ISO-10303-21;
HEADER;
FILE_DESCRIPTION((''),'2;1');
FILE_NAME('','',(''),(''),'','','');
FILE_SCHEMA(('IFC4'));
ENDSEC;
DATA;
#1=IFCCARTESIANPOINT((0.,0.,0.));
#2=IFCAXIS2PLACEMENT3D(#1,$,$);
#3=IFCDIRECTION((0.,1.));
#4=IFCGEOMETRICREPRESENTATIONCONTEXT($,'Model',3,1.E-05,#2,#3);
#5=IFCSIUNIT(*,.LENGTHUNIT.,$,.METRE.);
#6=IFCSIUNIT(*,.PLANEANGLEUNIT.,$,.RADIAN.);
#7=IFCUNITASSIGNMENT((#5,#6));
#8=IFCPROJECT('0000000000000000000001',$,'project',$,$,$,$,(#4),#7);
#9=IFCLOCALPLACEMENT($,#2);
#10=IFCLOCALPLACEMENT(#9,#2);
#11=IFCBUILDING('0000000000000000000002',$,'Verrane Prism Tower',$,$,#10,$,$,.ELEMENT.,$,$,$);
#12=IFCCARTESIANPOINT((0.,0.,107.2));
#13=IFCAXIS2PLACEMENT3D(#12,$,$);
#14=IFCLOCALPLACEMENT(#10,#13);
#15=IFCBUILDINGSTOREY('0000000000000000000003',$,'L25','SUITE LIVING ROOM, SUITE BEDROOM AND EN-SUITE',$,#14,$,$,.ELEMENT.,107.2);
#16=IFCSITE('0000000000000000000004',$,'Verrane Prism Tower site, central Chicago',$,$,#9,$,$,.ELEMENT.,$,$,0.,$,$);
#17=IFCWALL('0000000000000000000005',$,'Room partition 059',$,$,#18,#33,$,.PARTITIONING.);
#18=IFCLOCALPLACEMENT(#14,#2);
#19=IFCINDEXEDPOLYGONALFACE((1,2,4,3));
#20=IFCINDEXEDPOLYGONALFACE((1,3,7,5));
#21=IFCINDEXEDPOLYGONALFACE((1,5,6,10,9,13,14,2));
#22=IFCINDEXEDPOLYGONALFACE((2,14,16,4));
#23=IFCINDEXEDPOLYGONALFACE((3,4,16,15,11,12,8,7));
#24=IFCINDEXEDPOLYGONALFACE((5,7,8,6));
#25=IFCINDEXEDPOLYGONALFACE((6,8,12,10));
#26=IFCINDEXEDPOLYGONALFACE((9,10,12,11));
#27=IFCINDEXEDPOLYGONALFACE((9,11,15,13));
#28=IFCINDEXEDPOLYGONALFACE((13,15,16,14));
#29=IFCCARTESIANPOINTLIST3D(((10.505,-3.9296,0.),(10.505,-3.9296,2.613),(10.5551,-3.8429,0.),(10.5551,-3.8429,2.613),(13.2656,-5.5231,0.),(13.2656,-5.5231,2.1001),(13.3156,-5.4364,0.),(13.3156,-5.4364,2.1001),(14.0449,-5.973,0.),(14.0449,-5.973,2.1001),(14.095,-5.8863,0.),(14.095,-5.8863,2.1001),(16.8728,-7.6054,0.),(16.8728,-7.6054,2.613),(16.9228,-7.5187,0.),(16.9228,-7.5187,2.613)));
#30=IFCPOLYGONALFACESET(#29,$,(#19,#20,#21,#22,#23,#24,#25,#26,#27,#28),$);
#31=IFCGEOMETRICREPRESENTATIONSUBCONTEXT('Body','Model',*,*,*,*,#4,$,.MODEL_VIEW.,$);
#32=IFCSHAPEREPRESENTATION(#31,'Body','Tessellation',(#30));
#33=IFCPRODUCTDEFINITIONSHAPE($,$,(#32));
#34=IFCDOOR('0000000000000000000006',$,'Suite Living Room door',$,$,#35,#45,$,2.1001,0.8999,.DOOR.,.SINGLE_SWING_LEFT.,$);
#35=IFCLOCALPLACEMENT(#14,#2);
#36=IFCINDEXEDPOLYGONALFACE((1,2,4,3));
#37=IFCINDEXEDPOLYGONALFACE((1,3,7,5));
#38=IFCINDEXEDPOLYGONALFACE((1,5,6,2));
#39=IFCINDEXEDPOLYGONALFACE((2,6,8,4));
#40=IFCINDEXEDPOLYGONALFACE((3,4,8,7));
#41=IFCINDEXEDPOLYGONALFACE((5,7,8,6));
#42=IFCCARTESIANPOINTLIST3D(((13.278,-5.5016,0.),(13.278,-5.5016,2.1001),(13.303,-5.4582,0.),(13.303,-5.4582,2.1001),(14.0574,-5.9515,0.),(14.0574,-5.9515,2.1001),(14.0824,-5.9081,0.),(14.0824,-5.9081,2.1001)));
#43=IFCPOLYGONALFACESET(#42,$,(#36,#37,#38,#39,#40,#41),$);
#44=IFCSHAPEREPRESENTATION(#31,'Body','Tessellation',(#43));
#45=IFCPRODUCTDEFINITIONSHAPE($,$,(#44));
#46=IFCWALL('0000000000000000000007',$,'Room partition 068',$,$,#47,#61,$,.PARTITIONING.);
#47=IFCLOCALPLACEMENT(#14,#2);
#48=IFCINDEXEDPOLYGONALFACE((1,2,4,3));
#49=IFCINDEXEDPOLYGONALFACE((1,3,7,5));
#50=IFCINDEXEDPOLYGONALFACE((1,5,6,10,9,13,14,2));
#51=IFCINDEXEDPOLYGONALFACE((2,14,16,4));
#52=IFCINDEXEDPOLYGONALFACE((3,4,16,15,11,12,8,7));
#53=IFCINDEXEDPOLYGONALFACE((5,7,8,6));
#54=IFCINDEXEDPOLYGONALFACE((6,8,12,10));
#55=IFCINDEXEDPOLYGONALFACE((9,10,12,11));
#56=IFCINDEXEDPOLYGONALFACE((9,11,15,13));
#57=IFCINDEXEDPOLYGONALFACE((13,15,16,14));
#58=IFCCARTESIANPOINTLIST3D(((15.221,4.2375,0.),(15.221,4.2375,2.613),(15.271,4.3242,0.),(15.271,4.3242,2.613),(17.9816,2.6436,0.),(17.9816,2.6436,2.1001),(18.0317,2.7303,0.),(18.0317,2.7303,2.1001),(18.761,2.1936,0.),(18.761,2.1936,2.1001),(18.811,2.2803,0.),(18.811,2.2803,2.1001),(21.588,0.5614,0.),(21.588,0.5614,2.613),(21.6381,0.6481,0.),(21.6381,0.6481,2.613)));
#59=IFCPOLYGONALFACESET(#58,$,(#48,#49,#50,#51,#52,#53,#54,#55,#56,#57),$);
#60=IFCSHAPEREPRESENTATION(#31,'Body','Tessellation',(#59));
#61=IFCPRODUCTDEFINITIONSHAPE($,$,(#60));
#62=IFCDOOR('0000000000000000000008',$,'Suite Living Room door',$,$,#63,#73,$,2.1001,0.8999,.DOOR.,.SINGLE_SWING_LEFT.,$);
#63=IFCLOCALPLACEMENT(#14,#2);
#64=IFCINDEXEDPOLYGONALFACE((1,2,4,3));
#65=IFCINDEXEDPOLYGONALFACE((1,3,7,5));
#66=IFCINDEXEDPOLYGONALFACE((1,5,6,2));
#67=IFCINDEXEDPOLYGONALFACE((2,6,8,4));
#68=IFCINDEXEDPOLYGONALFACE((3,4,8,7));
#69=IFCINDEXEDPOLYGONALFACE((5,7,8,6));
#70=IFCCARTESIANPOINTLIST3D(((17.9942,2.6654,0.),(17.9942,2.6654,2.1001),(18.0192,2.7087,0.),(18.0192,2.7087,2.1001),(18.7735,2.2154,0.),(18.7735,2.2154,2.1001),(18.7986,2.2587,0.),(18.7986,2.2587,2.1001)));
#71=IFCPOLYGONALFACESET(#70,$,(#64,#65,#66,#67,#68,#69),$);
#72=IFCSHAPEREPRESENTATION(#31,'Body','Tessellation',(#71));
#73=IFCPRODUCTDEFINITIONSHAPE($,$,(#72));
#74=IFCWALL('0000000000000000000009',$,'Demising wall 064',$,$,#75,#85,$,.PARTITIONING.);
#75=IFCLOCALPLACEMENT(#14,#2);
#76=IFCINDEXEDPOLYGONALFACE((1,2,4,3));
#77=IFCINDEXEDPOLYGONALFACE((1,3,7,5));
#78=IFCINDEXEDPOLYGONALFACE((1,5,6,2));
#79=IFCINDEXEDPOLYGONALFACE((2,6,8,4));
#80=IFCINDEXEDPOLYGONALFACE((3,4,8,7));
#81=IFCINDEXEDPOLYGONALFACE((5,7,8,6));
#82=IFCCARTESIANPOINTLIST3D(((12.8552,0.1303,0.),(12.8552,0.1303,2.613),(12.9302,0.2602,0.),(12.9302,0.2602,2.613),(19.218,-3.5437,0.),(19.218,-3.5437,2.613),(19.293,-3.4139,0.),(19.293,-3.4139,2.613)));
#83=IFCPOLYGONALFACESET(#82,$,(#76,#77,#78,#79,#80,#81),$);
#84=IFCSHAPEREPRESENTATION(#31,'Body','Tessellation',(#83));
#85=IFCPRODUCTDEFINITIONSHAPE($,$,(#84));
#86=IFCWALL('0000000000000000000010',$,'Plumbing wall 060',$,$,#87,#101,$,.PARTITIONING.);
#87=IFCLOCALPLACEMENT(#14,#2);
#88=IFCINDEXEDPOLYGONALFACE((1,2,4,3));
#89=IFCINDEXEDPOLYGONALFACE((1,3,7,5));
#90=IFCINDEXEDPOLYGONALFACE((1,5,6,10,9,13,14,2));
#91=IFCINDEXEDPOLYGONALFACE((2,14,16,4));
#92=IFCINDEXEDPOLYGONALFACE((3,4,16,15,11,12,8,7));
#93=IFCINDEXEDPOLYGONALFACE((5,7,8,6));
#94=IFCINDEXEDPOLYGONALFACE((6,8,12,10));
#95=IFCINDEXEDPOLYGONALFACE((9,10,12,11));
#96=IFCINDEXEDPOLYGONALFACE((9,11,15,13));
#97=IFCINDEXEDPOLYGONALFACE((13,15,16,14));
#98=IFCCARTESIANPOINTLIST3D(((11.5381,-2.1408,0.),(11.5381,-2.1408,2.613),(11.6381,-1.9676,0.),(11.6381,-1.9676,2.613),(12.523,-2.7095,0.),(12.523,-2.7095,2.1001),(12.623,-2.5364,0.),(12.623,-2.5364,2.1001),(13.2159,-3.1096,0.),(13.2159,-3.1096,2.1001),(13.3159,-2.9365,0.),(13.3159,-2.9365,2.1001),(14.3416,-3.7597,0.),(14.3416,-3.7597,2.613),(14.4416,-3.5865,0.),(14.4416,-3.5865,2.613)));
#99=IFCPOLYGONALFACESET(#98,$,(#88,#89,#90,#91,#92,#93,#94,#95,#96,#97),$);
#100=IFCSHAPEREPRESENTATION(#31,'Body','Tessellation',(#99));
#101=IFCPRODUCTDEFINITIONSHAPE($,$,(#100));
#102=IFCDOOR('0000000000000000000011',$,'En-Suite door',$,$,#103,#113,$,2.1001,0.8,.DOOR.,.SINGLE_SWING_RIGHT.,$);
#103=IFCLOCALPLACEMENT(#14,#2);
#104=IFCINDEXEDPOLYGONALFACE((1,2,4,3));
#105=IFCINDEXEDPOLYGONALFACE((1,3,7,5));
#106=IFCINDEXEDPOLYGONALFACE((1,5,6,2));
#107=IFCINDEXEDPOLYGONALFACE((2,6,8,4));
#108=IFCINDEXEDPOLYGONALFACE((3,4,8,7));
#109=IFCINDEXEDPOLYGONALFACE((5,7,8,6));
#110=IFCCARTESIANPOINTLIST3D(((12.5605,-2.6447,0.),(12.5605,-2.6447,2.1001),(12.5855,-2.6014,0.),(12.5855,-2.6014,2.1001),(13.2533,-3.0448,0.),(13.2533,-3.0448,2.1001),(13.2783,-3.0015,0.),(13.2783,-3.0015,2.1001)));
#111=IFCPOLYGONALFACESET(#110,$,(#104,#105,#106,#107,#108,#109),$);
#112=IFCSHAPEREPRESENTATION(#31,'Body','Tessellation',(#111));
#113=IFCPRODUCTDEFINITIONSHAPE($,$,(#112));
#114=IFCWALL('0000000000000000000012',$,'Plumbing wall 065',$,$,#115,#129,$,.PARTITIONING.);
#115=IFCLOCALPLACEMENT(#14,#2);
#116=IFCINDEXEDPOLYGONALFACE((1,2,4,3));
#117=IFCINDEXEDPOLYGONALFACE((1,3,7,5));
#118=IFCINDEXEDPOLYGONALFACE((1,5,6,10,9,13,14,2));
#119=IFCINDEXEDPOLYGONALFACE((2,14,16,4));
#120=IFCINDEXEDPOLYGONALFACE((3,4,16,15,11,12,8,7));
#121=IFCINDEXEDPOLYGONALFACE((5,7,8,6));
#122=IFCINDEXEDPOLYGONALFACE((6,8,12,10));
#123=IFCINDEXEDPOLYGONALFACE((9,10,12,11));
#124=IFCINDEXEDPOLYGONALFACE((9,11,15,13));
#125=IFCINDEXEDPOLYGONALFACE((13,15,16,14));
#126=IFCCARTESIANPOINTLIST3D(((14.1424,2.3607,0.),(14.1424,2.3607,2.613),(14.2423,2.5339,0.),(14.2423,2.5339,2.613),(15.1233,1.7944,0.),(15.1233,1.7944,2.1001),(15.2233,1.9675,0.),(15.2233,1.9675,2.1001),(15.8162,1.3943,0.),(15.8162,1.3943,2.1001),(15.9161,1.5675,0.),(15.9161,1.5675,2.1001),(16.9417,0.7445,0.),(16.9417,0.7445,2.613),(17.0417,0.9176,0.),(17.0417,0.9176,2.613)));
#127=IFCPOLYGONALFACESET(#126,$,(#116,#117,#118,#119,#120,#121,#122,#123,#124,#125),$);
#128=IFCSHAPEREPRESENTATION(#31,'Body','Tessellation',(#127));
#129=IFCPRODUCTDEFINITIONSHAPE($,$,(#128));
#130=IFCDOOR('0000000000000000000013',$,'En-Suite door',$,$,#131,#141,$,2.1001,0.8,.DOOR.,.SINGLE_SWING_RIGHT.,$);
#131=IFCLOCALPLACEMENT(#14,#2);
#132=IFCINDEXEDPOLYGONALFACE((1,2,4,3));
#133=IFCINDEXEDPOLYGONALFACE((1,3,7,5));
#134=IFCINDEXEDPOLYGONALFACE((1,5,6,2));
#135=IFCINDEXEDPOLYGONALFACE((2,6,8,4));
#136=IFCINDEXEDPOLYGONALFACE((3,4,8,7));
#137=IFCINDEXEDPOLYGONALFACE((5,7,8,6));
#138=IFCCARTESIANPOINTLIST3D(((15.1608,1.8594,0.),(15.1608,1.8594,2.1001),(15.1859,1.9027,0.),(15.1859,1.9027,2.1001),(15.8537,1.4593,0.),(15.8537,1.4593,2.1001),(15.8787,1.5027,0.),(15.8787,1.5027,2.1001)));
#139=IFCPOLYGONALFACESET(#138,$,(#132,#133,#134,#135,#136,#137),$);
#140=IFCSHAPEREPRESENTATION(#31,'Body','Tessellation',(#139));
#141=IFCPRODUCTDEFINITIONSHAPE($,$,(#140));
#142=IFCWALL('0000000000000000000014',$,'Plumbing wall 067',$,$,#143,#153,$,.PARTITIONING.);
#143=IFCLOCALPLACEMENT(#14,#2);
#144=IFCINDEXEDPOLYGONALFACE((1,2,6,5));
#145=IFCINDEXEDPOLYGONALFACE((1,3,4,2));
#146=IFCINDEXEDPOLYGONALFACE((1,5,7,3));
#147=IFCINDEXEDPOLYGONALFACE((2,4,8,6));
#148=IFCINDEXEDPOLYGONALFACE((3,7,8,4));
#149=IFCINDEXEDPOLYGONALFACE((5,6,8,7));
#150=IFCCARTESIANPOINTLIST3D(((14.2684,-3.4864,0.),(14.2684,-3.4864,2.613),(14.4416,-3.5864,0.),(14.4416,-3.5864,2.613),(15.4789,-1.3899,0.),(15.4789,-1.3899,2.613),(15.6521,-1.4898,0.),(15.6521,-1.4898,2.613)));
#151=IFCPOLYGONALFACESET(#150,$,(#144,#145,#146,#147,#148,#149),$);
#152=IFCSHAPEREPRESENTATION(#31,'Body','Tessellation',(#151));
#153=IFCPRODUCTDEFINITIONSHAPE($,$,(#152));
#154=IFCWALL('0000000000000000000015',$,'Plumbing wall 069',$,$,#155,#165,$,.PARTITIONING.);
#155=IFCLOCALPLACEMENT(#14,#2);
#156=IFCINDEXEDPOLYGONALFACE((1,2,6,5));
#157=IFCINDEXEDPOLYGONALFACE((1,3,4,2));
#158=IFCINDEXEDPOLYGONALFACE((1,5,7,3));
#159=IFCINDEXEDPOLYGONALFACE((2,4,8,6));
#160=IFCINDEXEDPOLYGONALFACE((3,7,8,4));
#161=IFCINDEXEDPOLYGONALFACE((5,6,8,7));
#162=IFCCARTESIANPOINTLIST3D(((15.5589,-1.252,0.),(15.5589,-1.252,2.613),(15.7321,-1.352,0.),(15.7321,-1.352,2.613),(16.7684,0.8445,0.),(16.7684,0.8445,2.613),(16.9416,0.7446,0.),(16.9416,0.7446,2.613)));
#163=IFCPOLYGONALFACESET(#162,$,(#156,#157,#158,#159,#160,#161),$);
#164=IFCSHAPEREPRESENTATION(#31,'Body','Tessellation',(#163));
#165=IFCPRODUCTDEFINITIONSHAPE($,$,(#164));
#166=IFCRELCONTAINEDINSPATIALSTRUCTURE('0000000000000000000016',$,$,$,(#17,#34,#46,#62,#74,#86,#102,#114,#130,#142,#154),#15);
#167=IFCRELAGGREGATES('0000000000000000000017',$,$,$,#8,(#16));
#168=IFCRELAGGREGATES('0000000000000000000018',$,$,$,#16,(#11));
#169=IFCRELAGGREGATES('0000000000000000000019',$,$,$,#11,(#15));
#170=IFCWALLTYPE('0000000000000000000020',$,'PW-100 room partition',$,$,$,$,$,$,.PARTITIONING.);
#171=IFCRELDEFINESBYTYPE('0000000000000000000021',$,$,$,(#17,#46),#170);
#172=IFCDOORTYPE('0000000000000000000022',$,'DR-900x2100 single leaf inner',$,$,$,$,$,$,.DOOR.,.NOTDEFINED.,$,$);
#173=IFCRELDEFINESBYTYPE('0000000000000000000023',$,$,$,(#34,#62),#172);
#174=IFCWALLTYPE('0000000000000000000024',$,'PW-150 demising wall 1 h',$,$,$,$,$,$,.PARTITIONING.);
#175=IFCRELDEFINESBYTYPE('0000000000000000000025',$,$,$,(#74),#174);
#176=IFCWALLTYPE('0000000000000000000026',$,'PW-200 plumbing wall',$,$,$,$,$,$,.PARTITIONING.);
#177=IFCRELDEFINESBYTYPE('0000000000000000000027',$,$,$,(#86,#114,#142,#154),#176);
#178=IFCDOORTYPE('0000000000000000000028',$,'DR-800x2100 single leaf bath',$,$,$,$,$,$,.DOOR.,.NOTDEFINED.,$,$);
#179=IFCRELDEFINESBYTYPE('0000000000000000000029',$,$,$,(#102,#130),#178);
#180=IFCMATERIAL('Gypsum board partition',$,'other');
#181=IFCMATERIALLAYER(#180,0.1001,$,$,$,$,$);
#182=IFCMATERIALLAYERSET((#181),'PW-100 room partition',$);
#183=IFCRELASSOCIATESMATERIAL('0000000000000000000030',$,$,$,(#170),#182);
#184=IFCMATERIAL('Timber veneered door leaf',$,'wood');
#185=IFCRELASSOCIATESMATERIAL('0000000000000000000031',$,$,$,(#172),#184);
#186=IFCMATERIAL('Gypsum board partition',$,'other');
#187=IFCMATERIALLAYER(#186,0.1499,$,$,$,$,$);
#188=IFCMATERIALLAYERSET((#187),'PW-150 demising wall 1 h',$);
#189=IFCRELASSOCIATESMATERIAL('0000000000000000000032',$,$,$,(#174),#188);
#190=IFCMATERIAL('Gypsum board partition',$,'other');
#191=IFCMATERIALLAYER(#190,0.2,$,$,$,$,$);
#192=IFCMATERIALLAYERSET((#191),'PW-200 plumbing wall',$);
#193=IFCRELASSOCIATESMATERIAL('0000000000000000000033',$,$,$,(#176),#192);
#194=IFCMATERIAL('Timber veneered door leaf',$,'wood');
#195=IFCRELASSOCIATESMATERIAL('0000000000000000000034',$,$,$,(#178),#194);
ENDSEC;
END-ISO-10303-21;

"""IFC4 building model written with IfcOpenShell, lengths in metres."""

from ifc_helpers import new_model, si_unit, direction, frame, frame_2d, origin, place, context, subcontext, project, spatial, rectangle, extrude, material, layer, layer_set, type_object, element, fill, save


model = new_model("IFC4")

# Units and contexts
model_context = context("Model", 3, precision=1e-05, world=origin(), true_north=direction((0.0, 1.0)))
body_context = subcontext(model_context, "Body", "Model", "MODEL_VIEW")
ifc_project = project(units=[si_unit("LENGTHUNIT", "METRE"), si_unit("PLANEANGLEUNIT", "RADIAN")], contexts=[model_context])

# Site, building, storey
site_placement = place(None, origin())
site = spatial("IfcSite", under=ifc_project, at=site_placement, Name="Verrane Prism Tower site, central Chicago", CompositionType="ELEMENT", RefElevation=0.0)
building_placement = place(site_placement, origin())
building = spatial("IfcBuilding", under=site, at=building_placement, Name="Verrane Prism Tower", CompositionType="ELEMENT")
storey_placement = place(building_placement, frame((0.0, 0.0, 107.2)))
storey = spatial("IfcBuildingStorey", under=building, at=storey_placement, Name="L25", Description="SUITE LIVING ROOM, SUITE BEDROOM AND EN-SUITE", CompositionType="ELEMENT", Elevation=107.2)

# Walls, openings, doors
ifc_material_1 = material(Name="Gypsum board partition", Category="other")
ifc_layer_1 = layer(ifc_material_1, 0.1001)
ifc_layer_set_1 = layer_set([ifc_layer_1], Name="PW-100 room partition")
wall_type_1 = type_object("IfcWallType", Name="PW-100 room partition", PredefinedType="PARTITIONING", material=ifc_layer_set_1)
wall_1_placement = place(storey_placement, frame((10.53, -3.8862, 0.0), z_axis=(0.0, 0.0, 1.0), x_axis=(0.866061, -0.499939, 0.0)))
wall_1 = element("IfcWall", 1, at=wall_1_placement, inside=storey, type_object=wall_type_1, Name="Room partition 059", PredefinedType="PARTITIONING", context=body_context, shape_type="SweptSolid", body=[
    extrude(rectangle(XDim=7.3525, YDim=0.1001, at=frame_2d((3.6763, 0.0))), origin(), (0.0, 0.0, 1.0), 2.613),
])
opening_1_placement = place(wall_1_placement, frame((3.1875, 0.0, 0.0)))
opening_1 = element("IfcOpeningElement", 2, at=opening_1_placement, cuts=wall_1, PredefinedType="OPENING", context=body_context, shape_type="SweptSolid", body=[
    extrude(rectangle(XDim=0.8999, YDim=2.1001, at=frame_2d((0.45, 1.05))), frame((0.0, 0.0601, 0.0), z_axis=(0.0, -1.0, 0.0), x_axis=(1.0, 0.0, 0.0)), (0.0, 0.0, 1.0), 0.1201),
])
ifc_material_2 = material(Name="Timber veneered door leaf", Category="wood")
door_type_1 = type_object("IfcDoorType", Name="DR-900x2100 single leaf inner", OperationType="NOTDEFINED", PredefinedType="DOOR", material=ifc_material_2)
door_1_placement = place(opening_1_placement, origin())
door_1 = element("IfcDoor", 3, at=door_1_placement, inside=storey, type_object=door_type_1, Name="Suite Living Room door", OperationType="SINGLE_SWING_LEFT", OverallHeight=2.1001, OverallWidth=0.8999, PredefinedType="DOOR", context=body_context, shape_type="SweptSolid", body=[
    extrude(rectangle(XDim=0.8999, YDim=2.1001, at=frame_2d((0.45, 1.05))), frame((0.0, 0.0249, 0.0), z_axis=(0.0, -1.0, 0.0), x_axis=(1.0, 0.0, 0.0)), (0.0, 0.0, 1.0), 0.05),
])
fill(opening_1, door_1)
wall_2_placement = place(storey_placement, frame((21.613, 0.6047, 0.0), z_axis=(0.0, 0.0, 1.0), x_axis=(-0.866021, 0.500007, 0.0)))
wall_2 = element("IfcWall", 4, at=wall_2_placement, inside=storey, type_object=wall_type_1, Name="Room partition 068", PredefinedType="PARTITIONING", context=body_context, shape_type="SweptSolid", body=[
    extrude(rectangle(XDim=7.3521, YDim=0.1001, at=frame_2d((3.676, 0.0))), origin(), (0.0, 0.0, 1.0), 2.613),
])
opening_2_placement = place(wall_2_placement, frame((3.2644, 0.0, 0.0)))
opening_2 = element("IfcOpeningElement", 5, at=opening_2_placement, cuts=wall_2, PredefinedType="OPENING", context=body_context, shape_type="SweptSolid", body=[
    extrude(rectangle(XDim=0.8999, YDim=2.1001, at=frame_2d((0.45, 1.05))), frame((0.0, 0.0601, 0.0), z_axis=(0.0, -1.0, 0.0), x_axis=(1.0, 0.0, 0.0)), (0.0, 0.0, 1.0), 0.1201),
])
door_2_placement = place(opening_2_placement, origin())
door_2 = element("IfcDoor", 6, at=door_2_placement, inside=storey, type_object=door_type_1, Name="Suite Living Room door", OperationType="SINGLE_SWING_LEFT", OverallHeight=2.1001, OverallWidth=0.8999, PredefinedType="DOOR", context=body_context, shape_type="SweptSolid", body=[
    extrude(rectangle(XDim=0.8999, YDim=2.1001, at=frame_2d((0.45, 1.05))), frame((0.0, 0.0249, 0.0), z_axis=(0.0, -1.0, 0.0), x_axis=(1.0, 0.0, 0.0)), (0.0, 0.0, 1.0), 0.05),
])
fill(opening_2, door_2)

# Wall
ifc_material_3 = material(Name="Gypsum board partition", Category="other")
ifc_layer_2 = layer(ifc_material_3, 0.1499)
ifc_layer_set_2 = layer_set([ifc_layer_2], Name="PW-150 demising wall 1 h")
wall_type_2 = type_object("IfcWallType", Name="PW-150 demising wall 1 h", PredefinedType="PARTITIONING", material=ifc_layer_set_2)
wall_3_placement = place(storey_placement, frame((12.8926, 0.1953, 0.0), z_axis=(0.0, 0.0, 1.0), x_axis=(0.865995, -0.500052, 0.0)))
element("IfcWall", 7, at=wall_3_placement, inside=storey, type_object=wall_type_2, Name="Demising wall 064", PredefinedType="PARTITIONING", context=body_context, shape_type="SweptSolid", body=[
    extrude(rectangle(XDim=7.3474, YDim=0.1499, at=frame_2d((3.6738, 0.0))), origin(), (0.0, 0.0, 1.0), 2.613),
])

# Walls, openings, doors
ifc_material_4 = material(Name="Gypsum board partition", Category="other")
ifc_layer_3 = layer(ifc_material_4, 0.2)
ifc_layer_set_3 = layer_set([ifc_layer_3], Name="PW-200 plumbing wall")
wall_type_3 = type_object("IfcWallType", Name="PW-200 plumbing wall", PredefinedType="PARTITIONING", material=ifc_layer_set_3)
wall_4_placement = place(storey_placement, frame((11.5881, -2.0542, 0.0), z_axis=(0.0, 0.0, 1.0), x_axis=(0.865983, -0.500073, 0.0)))
wall_4 = element("IfcWall", 8, at=wall_4_placement, inside=storey, type_object=wall_type_3, Name="Plumbing wall 060", PredefinedType="PARTITIONING", context=body_context, shape_type="SweptSolid", body=[
    extrude(rectangle(XDim=3.2373, YDim=0.2, at=frame_2d((1.6187, 0.0))), origin(), (0.0, 0.0, 1.0), 2.613),
])
opening_3_placement = place(wall_4_placement, frame((1.1375, 0.0, 0.0)))
opening_3 = element("IfcOpeningElement", 9, at=opening_3_placement, cuts=wall_4, PredefinedType="OPENING", context=body_context, shape_type="SweptSolid", body=[
    extrude(rectangle(XDim=0.8, YDim=2.1001, at=frame_2d((0.3999, 1.05))), frame((0.0, 0.1099, 0.0), z_axis=(0.0, -1.0, 0.0), x_axis=(1.0, 0.0, 0.0)), (0.0, 0.0, 1.0), 0.22),
])
ifc_material_5 = material(Name="Timber veneered door leaf", Category="wood")
door_type_2 = type_object("IfcDoorType", Name="DR-800x2100 single leaf bath", OperationType="NOTDEFINED", PredefinedType="DOOR", material=ifc_material_5)
door_3_placement = place(opening_3_placement, origin())
door_3 = element("IfcDoor", 10, at=door_3_placement, inside=storey, type_object=door_type_2, Name="En-Suite door", OperationType="SINGLE_SWING_RIGHT", OverallHeight=2.1001, OverallWidth=0.8, PredefinedType="DOOR", context=body_context, shape_type="SweptSolid", body=[
    extrude(rectangle(XDim=0.8, YDim=2.1001, at=frame_2d((0.3999, 1.05))), frame((0.0, 0.0249, 0.0), z_axis=(0.0, -1.0, 0.0), x_axis=(1.0, 0.0, 0.0)), (0.0, 0.0, 1.0), 0.05),
])
fill(opening_3, door_3)
wall_5_placement = place(storey_placement, frame((16.9917, 0.8311, 0.0), z_axis=(0.0, 0.0, 1.0), x_axis=(-0.866022, 0.500006, 0.0)))
wall_5 = element("IfcWall", 11, at=wall_5_placement, inside=storey, type_object=wall_type_3, Name="Plumbing wall 065", PredefinedType="PARTITIONING", context=body_context, shape_type="SweptSolid", body=[
    extrude(rectangle(XDim=3.2324, YDim=0.2, at=frame_2d((1.6162, 0.0))), origin(), (0.0, 0.0, 1.0), 2.613),
])
opening_4_placement = place(wall_5_placement, frame((1.2998, 0.0, 0.0)))
opening_4 = element("IfcOpeningElement", 12, at=opening_4_placement, cuts=wall_5, PredefinedType="OPENING", context=body_context, shape_type="SweptSolid", body=[
    extrude(rectangle(XDim=0.8, YDim=2.1001, at=frame_2d((0.3999, 1.05))), frame((0.0, 0.1099, 0.0), z_axis=(0.0, -1.0, 0.0), x_axis=(1.0, 0.0, 0.0)), (0.0, 0.0, 1.0), 0.22),
])
door_4_placement = place(opening_4_placement, origin())
door_4 = element("IfcDoor", 13, at=door_4_placement, inside=storey, type_object=door_type_2, Name="En-Suite door", OperationType="SINGLE_SWING_RIGHT", OverallHeight=2.1001, OverallWidth=0.8, PredefinedType="DOOR", context=body_context, shape_type="SweptSolid", body=[
    extrude(rectangle(XDim=0.8, YDim=2.1001, at=frame_2d((0.3999, 1.05))), frame((0.0, 0.0249, 0.0), z_axis=(0.0, -1.0, 0.0), x_axis=(1.0, 0.0, 0.0)), (0.0, 0.0, 1.0), 0.05),
])
fill(opening_4, door_4)

# Walls
wall_6_placement = place(storey_placement, frame((14.355, -3.5364, 0.0), z_axis=(0.0, 0.0, 1.0), x_axis=(0.500022, 0.866013, 0.0)))
element("IfcWall", 14, at=wall_6_placement, inside=storey, type_object=wall_type_3, Name="Plumbing wall 067", PredefinedType="PARTITIONING", context=body_context, shape_type="SweptSolid", body=[
    extrude(rectangle(XDim=2.4209, YDim=0.2, at=frame_2d((1.2104, 0.0))), origin(), (0.0, 0.0, 1.0), 2.613),
])
wall_7_placement = place(storey_placement, frame((15.6455, -1.302, 0.0), z_axis=(0.0, 0.0, 1.0), x_axis=(0.49972, 0.866187, 0.0)))
element("IfcWall", 15, at=wall_7_placement, inside=storey, type_object=wall_type_3, Name="Plumbing wall 069", PredefinedType="PARTITIONING", context=body_context, shape_type="SweptSolid", body=[
    extrude(rectangle(XDim=2.4204, YDim=0.2, at=frame_2d((1.2102, 0.0))), origin(), (0.0, 0.0, 1.0), 2.613),
])

save(model, "model.ifc")
